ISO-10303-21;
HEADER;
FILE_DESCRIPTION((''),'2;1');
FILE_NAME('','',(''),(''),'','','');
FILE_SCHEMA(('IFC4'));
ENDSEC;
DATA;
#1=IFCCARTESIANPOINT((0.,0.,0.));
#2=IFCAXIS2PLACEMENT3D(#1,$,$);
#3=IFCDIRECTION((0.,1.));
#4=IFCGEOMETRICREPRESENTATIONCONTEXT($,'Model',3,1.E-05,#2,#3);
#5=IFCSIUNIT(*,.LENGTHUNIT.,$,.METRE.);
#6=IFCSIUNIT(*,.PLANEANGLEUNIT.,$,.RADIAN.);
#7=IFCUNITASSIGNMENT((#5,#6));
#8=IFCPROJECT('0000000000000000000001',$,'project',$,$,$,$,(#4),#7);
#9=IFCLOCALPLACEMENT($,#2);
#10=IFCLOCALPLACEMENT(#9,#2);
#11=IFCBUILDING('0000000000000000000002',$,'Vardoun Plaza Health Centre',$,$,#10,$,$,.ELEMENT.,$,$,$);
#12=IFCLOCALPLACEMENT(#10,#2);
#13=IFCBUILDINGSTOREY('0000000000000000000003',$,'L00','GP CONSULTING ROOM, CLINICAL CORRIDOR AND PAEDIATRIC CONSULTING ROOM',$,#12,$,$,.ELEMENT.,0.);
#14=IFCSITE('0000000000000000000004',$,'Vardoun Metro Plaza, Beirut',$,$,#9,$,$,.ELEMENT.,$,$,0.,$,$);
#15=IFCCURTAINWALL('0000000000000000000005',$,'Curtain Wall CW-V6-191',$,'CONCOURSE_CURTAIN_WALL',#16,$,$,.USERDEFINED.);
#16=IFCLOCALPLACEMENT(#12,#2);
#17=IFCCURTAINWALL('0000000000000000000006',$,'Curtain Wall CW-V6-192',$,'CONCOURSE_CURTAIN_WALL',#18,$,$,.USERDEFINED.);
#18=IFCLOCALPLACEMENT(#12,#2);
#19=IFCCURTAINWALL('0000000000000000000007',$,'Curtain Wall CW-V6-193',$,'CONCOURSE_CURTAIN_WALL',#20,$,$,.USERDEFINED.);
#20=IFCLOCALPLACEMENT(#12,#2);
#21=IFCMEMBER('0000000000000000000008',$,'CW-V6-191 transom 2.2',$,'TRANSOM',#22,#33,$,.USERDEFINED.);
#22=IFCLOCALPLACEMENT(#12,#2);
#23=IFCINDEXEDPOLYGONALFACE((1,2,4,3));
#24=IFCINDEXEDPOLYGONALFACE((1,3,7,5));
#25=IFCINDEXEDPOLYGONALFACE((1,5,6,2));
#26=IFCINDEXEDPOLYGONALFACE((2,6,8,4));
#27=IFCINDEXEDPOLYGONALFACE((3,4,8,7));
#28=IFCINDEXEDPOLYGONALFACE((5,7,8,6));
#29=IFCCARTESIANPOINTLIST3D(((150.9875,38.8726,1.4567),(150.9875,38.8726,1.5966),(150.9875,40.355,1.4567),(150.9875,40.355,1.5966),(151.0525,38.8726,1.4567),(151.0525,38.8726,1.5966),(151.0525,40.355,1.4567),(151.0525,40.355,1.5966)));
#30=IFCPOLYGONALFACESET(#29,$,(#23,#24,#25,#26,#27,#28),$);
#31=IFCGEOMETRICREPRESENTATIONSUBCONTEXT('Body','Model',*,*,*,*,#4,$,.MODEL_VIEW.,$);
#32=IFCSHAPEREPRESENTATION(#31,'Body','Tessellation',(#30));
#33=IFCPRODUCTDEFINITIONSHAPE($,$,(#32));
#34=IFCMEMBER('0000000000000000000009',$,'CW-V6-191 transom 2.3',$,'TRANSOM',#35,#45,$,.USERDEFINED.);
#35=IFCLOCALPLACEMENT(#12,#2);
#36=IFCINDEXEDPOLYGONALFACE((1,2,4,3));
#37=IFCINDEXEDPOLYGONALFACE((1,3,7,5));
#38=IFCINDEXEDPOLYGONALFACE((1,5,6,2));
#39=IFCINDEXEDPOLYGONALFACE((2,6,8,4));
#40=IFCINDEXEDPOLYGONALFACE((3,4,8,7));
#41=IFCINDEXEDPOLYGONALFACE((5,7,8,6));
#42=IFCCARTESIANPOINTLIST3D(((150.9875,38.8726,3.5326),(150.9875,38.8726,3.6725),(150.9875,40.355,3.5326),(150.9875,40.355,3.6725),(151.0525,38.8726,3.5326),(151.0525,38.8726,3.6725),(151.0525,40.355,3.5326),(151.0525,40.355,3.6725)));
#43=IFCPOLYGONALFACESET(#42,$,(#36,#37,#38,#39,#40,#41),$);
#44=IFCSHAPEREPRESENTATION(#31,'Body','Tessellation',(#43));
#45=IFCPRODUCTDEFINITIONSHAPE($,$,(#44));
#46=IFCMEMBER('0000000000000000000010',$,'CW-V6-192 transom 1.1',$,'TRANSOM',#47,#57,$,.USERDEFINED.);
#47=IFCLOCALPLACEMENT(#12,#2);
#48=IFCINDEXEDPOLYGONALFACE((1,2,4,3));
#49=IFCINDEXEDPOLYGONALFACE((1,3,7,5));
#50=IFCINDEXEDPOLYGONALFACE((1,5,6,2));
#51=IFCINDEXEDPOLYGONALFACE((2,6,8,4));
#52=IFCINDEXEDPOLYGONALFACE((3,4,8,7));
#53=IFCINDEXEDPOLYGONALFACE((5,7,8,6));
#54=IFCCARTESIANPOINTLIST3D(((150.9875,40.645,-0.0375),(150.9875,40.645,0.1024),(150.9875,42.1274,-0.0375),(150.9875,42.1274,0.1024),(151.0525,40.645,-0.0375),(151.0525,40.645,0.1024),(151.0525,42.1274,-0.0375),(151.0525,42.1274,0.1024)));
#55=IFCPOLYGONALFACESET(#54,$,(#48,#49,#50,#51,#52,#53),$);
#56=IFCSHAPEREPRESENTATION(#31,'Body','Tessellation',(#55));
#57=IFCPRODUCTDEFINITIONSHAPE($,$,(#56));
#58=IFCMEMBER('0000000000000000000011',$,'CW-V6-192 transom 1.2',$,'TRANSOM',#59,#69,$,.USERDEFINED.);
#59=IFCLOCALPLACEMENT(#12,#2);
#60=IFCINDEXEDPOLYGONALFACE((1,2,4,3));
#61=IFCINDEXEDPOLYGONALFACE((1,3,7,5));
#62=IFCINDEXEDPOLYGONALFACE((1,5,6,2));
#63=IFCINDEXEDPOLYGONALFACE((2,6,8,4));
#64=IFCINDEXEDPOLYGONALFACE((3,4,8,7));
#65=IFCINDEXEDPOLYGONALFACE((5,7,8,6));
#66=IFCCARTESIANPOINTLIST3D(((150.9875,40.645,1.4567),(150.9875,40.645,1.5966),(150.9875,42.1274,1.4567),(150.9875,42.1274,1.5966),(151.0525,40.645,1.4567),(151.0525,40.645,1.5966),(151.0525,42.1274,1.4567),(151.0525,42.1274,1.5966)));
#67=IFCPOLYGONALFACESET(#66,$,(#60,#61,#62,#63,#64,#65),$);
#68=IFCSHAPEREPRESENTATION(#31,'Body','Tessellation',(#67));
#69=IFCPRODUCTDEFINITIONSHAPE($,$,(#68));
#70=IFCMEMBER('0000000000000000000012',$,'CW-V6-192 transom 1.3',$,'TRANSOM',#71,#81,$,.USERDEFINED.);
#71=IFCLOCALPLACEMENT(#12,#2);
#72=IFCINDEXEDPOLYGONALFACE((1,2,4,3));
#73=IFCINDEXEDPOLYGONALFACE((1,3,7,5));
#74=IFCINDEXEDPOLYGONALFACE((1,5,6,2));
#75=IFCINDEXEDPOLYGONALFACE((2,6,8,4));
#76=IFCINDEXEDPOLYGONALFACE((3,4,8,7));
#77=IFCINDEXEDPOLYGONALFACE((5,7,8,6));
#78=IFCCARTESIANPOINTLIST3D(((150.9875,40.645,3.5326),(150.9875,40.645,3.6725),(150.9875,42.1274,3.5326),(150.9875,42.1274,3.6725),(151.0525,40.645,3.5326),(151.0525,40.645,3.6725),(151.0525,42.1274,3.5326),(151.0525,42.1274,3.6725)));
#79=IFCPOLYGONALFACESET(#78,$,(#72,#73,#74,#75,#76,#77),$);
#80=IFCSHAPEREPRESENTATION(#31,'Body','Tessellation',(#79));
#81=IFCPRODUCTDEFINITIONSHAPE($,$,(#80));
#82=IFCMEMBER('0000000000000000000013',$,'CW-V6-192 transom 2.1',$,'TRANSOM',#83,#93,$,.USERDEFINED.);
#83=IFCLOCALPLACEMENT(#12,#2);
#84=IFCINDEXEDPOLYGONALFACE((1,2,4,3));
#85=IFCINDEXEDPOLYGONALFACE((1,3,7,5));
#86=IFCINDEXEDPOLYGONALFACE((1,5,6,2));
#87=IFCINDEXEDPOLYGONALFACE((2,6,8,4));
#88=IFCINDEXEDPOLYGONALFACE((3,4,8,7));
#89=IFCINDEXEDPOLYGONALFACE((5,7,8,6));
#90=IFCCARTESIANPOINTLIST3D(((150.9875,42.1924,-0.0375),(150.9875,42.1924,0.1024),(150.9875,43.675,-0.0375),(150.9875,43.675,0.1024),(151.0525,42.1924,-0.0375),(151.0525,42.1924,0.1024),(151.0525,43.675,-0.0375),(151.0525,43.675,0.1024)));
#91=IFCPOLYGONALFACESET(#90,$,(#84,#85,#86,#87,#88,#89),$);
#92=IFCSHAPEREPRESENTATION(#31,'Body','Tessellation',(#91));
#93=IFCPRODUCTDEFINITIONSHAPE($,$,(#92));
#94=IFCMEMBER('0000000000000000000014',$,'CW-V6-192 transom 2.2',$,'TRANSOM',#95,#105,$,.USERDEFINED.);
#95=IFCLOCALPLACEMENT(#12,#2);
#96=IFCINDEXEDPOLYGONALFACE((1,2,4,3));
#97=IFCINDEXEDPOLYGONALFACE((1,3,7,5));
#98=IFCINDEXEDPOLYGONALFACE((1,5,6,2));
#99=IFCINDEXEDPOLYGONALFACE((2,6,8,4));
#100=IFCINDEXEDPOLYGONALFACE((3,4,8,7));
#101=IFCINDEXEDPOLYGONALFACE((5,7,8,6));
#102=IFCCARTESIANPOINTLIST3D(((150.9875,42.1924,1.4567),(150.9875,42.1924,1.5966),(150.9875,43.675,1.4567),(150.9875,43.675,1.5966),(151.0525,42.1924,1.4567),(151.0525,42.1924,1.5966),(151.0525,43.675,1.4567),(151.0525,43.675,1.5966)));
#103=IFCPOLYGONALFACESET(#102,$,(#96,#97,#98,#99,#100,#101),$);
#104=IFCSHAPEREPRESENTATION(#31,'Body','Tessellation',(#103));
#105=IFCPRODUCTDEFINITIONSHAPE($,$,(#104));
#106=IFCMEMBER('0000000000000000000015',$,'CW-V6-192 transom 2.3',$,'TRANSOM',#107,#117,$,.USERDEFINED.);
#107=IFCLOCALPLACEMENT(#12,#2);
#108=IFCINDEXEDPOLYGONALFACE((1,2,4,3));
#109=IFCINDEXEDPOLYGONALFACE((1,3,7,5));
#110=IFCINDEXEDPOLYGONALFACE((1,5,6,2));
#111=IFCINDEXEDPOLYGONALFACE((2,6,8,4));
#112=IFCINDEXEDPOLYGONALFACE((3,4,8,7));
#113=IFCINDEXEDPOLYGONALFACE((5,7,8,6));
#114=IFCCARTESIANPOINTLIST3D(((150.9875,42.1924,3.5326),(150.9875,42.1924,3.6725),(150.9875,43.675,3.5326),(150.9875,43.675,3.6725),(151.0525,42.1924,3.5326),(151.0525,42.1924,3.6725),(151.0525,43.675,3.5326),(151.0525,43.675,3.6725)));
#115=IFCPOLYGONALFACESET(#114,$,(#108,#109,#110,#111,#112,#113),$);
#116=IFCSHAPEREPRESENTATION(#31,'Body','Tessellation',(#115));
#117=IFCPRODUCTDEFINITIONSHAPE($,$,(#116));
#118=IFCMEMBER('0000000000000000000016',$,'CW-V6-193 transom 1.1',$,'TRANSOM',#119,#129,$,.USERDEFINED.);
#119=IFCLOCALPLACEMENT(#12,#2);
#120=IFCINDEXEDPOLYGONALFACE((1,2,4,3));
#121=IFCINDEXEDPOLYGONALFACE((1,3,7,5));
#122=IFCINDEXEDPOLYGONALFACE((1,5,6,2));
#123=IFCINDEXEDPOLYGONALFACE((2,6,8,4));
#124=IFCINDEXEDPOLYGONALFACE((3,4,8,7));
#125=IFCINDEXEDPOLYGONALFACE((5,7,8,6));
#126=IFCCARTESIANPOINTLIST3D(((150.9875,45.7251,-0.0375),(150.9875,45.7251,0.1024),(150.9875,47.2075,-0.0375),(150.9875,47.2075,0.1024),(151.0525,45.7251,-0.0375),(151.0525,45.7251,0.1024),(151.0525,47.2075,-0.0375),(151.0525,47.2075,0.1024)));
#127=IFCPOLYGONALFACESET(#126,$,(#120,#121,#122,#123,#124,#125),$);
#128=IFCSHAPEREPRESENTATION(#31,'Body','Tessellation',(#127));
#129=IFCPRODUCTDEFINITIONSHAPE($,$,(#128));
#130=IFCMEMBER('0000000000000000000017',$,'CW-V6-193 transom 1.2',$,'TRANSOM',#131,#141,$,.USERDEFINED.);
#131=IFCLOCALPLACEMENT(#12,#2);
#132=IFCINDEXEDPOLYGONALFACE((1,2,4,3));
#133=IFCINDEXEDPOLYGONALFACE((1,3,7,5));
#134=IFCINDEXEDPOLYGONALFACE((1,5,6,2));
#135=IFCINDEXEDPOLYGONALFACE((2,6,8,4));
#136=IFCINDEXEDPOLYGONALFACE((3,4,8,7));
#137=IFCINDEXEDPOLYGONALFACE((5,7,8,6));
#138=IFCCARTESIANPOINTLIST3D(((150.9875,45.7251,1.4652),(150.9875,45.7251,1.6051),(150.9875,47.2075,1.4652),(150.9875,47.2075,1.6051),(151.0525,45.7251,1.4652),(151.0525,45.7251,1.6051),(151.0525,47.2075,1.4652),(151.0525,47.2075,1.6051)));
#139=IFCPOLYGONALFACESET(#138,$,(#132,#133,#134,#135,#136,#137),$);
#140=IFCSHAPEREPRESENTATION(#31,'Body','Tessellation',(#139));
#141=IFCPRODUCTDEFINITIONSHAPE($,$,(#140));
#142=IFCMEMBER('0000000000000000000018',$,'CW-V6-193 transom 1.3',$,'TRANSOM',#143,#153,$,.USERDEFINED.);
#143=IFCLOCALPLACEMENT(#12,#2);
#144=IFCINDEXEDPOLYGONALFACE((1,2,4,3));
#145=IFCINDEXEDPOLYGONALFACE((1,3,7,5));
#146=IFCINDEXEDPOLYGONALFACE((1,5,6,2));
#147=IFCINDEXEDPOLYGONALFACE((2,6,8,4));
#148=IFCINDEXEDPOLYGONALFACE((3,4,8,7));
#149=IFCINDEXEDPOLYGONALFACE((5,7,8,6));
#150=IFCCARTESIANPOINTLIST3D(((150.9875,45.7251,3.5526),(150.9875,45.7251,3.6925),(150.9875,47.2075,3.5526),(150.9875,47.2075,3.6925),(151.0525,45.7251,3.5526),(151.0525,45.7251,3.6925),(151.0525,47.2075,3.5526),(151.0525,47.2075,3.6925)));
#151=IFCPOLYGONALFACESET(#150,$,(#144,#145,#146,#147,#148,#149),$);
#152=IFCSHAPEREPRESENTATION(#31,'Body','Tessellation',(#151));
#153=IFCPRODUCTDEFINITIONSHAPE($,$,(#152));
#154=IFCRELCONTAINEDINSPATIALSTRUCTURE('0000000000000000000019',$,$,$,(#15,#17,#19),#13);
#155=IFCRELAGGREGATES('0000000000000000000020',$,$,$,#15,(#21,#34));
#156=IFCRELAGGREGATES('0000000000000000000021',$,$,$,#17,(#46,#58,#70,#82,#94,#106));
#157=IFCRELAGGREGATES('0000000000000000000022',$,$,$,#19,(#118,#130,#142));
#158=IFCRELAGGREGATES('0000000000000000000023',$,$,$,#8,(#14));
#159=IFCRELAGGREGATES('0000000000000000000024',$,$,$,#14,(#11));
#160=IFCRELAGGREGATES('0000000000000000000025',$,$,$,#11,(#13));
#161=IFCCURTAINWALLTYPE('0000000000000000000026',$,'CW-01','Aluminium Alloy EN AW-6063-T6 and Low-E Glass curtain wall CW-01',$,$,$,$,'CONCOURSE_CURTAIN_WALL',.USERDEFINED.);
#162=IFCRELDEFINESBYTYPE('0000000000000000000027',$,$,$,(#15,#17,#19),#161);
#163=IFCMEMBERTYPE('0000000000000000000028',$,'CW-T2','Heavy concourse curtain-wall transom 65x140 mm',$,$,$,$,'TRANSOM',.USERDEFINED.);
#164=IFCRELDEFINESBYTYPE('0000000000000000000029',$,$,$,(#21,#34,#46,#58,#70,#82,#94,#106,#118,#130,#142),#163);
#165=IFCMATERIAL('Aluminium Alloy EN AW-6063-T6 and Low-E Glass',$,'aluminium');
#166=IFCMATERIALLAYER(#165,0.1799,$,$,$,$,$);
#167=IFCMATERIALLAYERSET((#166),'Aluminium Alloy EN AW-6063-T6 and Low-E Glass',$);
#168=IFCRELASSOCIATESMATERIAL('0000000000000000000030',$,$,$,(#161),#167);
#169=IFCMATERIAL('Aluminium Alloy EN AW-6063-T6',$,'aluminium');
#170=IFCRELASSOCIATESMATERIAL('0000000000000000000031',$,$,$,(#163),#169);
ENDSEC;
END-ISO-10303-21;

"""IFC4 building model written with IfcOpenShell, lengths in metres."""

from ifc_helpers import new_model, si_unit, direction, frame, origin, origin_2d, place, context, subcontext, project, spatial, rectangle, extrude, material, layer, layer_set, material_profile, profile_set, type_object, element, aggregate, save


model = new_model("IFC4")

# Units and contexts
model_context = context("Model", 3, precision=1e-05, world=origin(), true_north=direction((0.0, 1.0)))
body_context = subcontext(model_context, "Body", "Model", "MODEL_VIEW")
ifc_project = project(units=[si_unit("LENGTHUNIT", "METRE"), si_unit("PLANEANGLEUNIT", "RADIAN")], contexts=[model_context])

# Site, building, storey
site_placement = place(None, origin())
site = spatial("IfcSite", under=ifc_project, at=site_placement, Name="Vardoun Metro Plaza, Beirut", CompositionType="ELEMENT", RefElevation=0.0)
building_placement = place(site_placement, origin())
building = spatial("IfcBuilding", under=site, at=building_placement, Name="Vardoun Plaza Health Centre", CompositionType="ELEMENT")
storey_placement = place(building_placement, origin())
storey = spatial("IfcBuildingStorey", under=building, at=storey_placement, Name="L00", Description="GP CONSULTING ROOM, CLINICAL CORRIDOR AND PAEDIATRIC CONSULTING ROOM", CompositionType="ELEMENT", Elevation=0.0)

# Curtain walls
ifc_material_1 = material(Name="Aluminium Alloy EN AW-6063-T6 and Low-E Glass", Category="aluminium")
ifc_layer_1 = layer(ifc_material_1, 0.1799)
ifc_layer_set_1 = layer_set([ifc_layer_1], Name="Aluminium Alloy EN AW-6063-T6 and Low-E Glass")
curtain_wall_type = type_object("IfcCurtainWallType", Name="CW-01", Description="Aluminium Alloy EN AW-6063-T6 and Low-E Glass curtain wall CW-01", ElementType="CONCOURSE_CURTAIN_WALL", PredefinedType="USERDEFINED", material=ifc_layer_set_1)
curtain_wall_1_placement = place(storey_placement, origin())
curtain_wall_1 = element("IfcCurtainWall", 1, at=curtain_wall_1_placement, inside=storey, type_object=curtain_wall_type, Name="Curtain Wall CW-V6-191", ObjectType="CONCOURSE_CURTAIN_WALL", PredefinedType="USERDEFINED")
curtain_wall_2_placement = place(storey_placement, origin())
curtain_wall_2 = element("IfcCurtainWall", 2, at=curtain_wall_2_placement, inside=storey, type_object=curtain_wall_type, Name="Curtain Wall CW-V6-192", ObjectType="CONCOURSE_CURTAIN_WALL", PredefinedType="USERDEFINED")

# Curtain wall
curtain_wall_3_placement = place(storey_placement, origin())
curtain_wall_3 = element("IfcCurtainWall", 3, at=curtain_wall_3_placement, inside=storey, type_object=curtain_wall_type, Name="Curtain Wall CW-V6-193", ObjectType="CONCOURSE_CURTAIN_WALL", PredefinedType="USERDEFINED")

# Members
ifc_material_2 = material(Name="Aluminium Alloy EN AW-6063-T6", Category="aluminium")
ifc_material_profile_1 = material_profile(ifc_material_2, rectangle(XDim=0.0649, YDim=0.1399, at=origin_2d()), Name="CWT 65x140")
ifc_profile_set_1 = profile_set([ifc_material_profile_1], Name="Aluminium Alloy EN AW-6063-T6")
member_type_1 = type_object("IfcMemberType", Name="CW-T2", Description="Heavy concourse curtain-wall transom 65x140 mm", ElementType="TRANSOM", PredefinedType="USERDEFINED", material=ifc_profile_set_1)
member_1_placement = place(storey_placement, frame((151.02, 38.8726, 1.5266), z_axis=(0.0, 1.0, 0.0), x_axis=(-1.0, 0.0, 0.0)))
member_1 = element("IfcMember", 4, at=member_1_placement, type_object=member_type_1, Name="CW-V6-191 transom 2.2", ObjectType="TRANSOM", PredefinedType="USERDEFINED", context=body_context, shape_type="SweptSolid", body=[
    extrude(rectangle(XDim=0.0649, YDim=0.1399, at=origin_2d()), origin(), (0.0, 0.0, 1.0), 1.4824),
])
member_2_placement = place(storey_placement, frame((151.02, 38.8726, 3.6025), z_axis=(0.0, 1.0, 0.0), x_axis=(-1.0, 0.0, 0.0)))
member_2 = element("IfcMember", 5, at=member_2_placement, type_object=member_type_1, Name="CW-V6-191 transom 2.3", ObjectType="TRANSOM", PredefinedType="USERDEFINED", context=body_context, shape_type="SweptSolid", body=[
    extrude(rectangle(XDim=0.0649, YDim=0.1399, at=origin_2d()), origin(), (0.0, 0.0, 1.0), 1.4824),
])
member_3_placement = place(storey_placement, frame((151.02, 40.645, 0.0325), z_axis=(0.0, 1.0, 0.0), x_axis=(-1.0, 0.0, 0.0)))
member_3 = element("IfcMember", 6, at=member_3_placement, type_object=member_type_1, Name="CW-V6-192 transom 1.1", ObjectType="TRANSOM", PredefinedType="USERDEFINED", context=body_context, shape_type="SweptSolid", body=[
    extrude(rectangle(XDim=0.0649, YDim=0.1399, at=origin_2d()), origin(), (0.0, 0.0, 1.0), 1.4824),
])
member_4_placement = place(storey_placement, frame((151.02, 40.645, 1.5266), z_axis=(0.0, 1.0, 0.0), x_axis=(-1.0, 0.0, 0.0)))
member_4 = element("IfcMember", 7, at=member_4_placement, type_object=member_type_1, Name="CW-V6-192 transom 1.2", ObjectType="TRANSOM", PredefinedType="USERDEFINED", context=body_context, shape_type="SweptSolid", body=[
    extrude(rectangle(XDim=0.0649, YDim=0.1399, at=origin_2d()), origin(), (0.0, 0.0, 1.0), 1.4824),
])
member_5_placement = place(storey_placement, frame((151.02, 40.645, 3.6025), z_axis=(0.0, 1.0, 0.0), x_axis=(-1.0, 0.0, 0.0)))
member_5 = element("IfcMember", 8, at=member_5_placement, type_object=member_type_1, Name="CW-V6-192 transom 1.3", ObjectType="TRANSOM", PredefinedType="USERDEFINED", context=body_context, shape_type="SweptSolid", body=[
    extrude(rectangle(XDim=0.0649, YDim=0.1399, at=origin_2d()), origin(), (0.0, 0.0, 1.0), 1.4824),
])
member_6_placement = place(storey_placement, frame((151.02, 42.1924, 0.0325), z_axis=(0.0, 1.0, 0.0), x_axis=(-1.0, 0.0, 0.0)))
member_6 = element("IfcMember", 9, at=member_6_placement, type_object=member_type_1, Name="CW-V6-192 transom 2.1", ObjectType="TRANSOM", PredefinedType="USERDEFINED", context=body_context, shape_type="SweptSolid", body=[
    extrude(rectangle(XDim=0.0649, YDim=0.1399, at=origin_2d()), origin(), (0.0, 0.0, 1.0), 1.4827),
])
member_7_placement = place(storey_placement, frame((151.02, 42.1924, 1.5266), z_axis=(0.0, 1.0, 0.0), x_axis=(-1.0, 0.0, 0.0)))
member_7 = element("IfcMember", 10, at=member_7_placement, type_object=member_type_1, Name="CW-V6-192 transom 2.2", ObjectType="TRANSOM", PredefinedType="USERDEFINED", context=body_context, shape_type="SweptSolid", body=[
    extrude(rectangle(XDim=0.0649, YDim=0.1399, at=origin_2d()), origin(), (0.0, 0.0, 1.0), 1.4827),
])
member_8_placement = place(storey_placement, frame((151.02, 42.1924, 3.6025), z_axis=(0.0, 1.0, 0.0), x_axis=(-1.0, 0.0, 0.0)))
member_8 = element("IfcMember", 11, at=member_8_placement, type_object=member_type_1, Name="CW-V6-192 transom 2.3", ObjectType="TRANSOM", PredefinedType="USERDEFINED", context=body_context, shape_type="SweptSolid", body=[
    extrude(rectangle(XDim=0.0649, YDim=0.1399, at=origin_2d()), origin(), (0.0, 0.0, 1.0), 1.4827),
])
member_9_placement = place(storey_placement, frame((151.02, 45.7251, 0.0325), z_axis=(0.0, 1.0, 0.0), x_axis=(-1.0, 0.0, 0.0)))
member_9 = element("IfcMember", 12, at=member_9_placement, type_object=member_type_1, Name="CW-V6-193 transom 1.1", ObjectType="TRANSOM", PredefinedType="USERDEFINED", context=body_context, shape_type="SweptSolid", body=[
    extrude(rectangle(XDim=0.0649, YDim=0.1399, at=origin_2d()), origin(), (0.0, 0.0, 1.0), 1.4824),
])
member_10_placement = place(storey_placement, frame((151.02, 45.7251, 1.5352), z_axis=(0.0, 1.0, 0.0), x_axis=(-1.0, 0.0, 0.0)))
member_10 = element("IfcMember", 13, at=member_10_placement, type_object=member_type_1, Name="CW-V6-193 transom 1.2", ObjectType="TRANSOM", PredefinedType="USERDEFINED", context=body_context, shape_type="SweptSolid", body=[
    extrude(rectangle(XDim=0.0649, YDim=0.1399, at=origin_2d()), origin(), (0.0, 0.0, 1.0), 1.4824),
])
member_11_placement = place(storey_placement, frame((151.02, 45.7251, 3.6226), z_axis=(0.0, 1.0, 0.0), x_axis=(-1.0, 0.0, 0.0)))
member_11 = element("IfcMember", 14, at=member_11_placement, type_object=member_type_1, Name="CW-V6-193 transom 1.3", ObjectType="TRANSOM", PredefinedType="USERDEFINED", context=body_context, shape_type="SweptSolid", body=[
    extrude(rectangle(XDim=0.0649, YDim=0.1399, at=origin_2d()), origin(), (0.0, 0.0, 1.0), 1.4824),
])

aggregate(curtain_wall_1, [member_1, member_2])
aggregate(curtain_wall_2, [member_3, member_4, member_5, member_6, member_7, member_8])
aggregate(curtain_wall_3, [member_9, member_10, member_11])

save(model, "model.ifc")
